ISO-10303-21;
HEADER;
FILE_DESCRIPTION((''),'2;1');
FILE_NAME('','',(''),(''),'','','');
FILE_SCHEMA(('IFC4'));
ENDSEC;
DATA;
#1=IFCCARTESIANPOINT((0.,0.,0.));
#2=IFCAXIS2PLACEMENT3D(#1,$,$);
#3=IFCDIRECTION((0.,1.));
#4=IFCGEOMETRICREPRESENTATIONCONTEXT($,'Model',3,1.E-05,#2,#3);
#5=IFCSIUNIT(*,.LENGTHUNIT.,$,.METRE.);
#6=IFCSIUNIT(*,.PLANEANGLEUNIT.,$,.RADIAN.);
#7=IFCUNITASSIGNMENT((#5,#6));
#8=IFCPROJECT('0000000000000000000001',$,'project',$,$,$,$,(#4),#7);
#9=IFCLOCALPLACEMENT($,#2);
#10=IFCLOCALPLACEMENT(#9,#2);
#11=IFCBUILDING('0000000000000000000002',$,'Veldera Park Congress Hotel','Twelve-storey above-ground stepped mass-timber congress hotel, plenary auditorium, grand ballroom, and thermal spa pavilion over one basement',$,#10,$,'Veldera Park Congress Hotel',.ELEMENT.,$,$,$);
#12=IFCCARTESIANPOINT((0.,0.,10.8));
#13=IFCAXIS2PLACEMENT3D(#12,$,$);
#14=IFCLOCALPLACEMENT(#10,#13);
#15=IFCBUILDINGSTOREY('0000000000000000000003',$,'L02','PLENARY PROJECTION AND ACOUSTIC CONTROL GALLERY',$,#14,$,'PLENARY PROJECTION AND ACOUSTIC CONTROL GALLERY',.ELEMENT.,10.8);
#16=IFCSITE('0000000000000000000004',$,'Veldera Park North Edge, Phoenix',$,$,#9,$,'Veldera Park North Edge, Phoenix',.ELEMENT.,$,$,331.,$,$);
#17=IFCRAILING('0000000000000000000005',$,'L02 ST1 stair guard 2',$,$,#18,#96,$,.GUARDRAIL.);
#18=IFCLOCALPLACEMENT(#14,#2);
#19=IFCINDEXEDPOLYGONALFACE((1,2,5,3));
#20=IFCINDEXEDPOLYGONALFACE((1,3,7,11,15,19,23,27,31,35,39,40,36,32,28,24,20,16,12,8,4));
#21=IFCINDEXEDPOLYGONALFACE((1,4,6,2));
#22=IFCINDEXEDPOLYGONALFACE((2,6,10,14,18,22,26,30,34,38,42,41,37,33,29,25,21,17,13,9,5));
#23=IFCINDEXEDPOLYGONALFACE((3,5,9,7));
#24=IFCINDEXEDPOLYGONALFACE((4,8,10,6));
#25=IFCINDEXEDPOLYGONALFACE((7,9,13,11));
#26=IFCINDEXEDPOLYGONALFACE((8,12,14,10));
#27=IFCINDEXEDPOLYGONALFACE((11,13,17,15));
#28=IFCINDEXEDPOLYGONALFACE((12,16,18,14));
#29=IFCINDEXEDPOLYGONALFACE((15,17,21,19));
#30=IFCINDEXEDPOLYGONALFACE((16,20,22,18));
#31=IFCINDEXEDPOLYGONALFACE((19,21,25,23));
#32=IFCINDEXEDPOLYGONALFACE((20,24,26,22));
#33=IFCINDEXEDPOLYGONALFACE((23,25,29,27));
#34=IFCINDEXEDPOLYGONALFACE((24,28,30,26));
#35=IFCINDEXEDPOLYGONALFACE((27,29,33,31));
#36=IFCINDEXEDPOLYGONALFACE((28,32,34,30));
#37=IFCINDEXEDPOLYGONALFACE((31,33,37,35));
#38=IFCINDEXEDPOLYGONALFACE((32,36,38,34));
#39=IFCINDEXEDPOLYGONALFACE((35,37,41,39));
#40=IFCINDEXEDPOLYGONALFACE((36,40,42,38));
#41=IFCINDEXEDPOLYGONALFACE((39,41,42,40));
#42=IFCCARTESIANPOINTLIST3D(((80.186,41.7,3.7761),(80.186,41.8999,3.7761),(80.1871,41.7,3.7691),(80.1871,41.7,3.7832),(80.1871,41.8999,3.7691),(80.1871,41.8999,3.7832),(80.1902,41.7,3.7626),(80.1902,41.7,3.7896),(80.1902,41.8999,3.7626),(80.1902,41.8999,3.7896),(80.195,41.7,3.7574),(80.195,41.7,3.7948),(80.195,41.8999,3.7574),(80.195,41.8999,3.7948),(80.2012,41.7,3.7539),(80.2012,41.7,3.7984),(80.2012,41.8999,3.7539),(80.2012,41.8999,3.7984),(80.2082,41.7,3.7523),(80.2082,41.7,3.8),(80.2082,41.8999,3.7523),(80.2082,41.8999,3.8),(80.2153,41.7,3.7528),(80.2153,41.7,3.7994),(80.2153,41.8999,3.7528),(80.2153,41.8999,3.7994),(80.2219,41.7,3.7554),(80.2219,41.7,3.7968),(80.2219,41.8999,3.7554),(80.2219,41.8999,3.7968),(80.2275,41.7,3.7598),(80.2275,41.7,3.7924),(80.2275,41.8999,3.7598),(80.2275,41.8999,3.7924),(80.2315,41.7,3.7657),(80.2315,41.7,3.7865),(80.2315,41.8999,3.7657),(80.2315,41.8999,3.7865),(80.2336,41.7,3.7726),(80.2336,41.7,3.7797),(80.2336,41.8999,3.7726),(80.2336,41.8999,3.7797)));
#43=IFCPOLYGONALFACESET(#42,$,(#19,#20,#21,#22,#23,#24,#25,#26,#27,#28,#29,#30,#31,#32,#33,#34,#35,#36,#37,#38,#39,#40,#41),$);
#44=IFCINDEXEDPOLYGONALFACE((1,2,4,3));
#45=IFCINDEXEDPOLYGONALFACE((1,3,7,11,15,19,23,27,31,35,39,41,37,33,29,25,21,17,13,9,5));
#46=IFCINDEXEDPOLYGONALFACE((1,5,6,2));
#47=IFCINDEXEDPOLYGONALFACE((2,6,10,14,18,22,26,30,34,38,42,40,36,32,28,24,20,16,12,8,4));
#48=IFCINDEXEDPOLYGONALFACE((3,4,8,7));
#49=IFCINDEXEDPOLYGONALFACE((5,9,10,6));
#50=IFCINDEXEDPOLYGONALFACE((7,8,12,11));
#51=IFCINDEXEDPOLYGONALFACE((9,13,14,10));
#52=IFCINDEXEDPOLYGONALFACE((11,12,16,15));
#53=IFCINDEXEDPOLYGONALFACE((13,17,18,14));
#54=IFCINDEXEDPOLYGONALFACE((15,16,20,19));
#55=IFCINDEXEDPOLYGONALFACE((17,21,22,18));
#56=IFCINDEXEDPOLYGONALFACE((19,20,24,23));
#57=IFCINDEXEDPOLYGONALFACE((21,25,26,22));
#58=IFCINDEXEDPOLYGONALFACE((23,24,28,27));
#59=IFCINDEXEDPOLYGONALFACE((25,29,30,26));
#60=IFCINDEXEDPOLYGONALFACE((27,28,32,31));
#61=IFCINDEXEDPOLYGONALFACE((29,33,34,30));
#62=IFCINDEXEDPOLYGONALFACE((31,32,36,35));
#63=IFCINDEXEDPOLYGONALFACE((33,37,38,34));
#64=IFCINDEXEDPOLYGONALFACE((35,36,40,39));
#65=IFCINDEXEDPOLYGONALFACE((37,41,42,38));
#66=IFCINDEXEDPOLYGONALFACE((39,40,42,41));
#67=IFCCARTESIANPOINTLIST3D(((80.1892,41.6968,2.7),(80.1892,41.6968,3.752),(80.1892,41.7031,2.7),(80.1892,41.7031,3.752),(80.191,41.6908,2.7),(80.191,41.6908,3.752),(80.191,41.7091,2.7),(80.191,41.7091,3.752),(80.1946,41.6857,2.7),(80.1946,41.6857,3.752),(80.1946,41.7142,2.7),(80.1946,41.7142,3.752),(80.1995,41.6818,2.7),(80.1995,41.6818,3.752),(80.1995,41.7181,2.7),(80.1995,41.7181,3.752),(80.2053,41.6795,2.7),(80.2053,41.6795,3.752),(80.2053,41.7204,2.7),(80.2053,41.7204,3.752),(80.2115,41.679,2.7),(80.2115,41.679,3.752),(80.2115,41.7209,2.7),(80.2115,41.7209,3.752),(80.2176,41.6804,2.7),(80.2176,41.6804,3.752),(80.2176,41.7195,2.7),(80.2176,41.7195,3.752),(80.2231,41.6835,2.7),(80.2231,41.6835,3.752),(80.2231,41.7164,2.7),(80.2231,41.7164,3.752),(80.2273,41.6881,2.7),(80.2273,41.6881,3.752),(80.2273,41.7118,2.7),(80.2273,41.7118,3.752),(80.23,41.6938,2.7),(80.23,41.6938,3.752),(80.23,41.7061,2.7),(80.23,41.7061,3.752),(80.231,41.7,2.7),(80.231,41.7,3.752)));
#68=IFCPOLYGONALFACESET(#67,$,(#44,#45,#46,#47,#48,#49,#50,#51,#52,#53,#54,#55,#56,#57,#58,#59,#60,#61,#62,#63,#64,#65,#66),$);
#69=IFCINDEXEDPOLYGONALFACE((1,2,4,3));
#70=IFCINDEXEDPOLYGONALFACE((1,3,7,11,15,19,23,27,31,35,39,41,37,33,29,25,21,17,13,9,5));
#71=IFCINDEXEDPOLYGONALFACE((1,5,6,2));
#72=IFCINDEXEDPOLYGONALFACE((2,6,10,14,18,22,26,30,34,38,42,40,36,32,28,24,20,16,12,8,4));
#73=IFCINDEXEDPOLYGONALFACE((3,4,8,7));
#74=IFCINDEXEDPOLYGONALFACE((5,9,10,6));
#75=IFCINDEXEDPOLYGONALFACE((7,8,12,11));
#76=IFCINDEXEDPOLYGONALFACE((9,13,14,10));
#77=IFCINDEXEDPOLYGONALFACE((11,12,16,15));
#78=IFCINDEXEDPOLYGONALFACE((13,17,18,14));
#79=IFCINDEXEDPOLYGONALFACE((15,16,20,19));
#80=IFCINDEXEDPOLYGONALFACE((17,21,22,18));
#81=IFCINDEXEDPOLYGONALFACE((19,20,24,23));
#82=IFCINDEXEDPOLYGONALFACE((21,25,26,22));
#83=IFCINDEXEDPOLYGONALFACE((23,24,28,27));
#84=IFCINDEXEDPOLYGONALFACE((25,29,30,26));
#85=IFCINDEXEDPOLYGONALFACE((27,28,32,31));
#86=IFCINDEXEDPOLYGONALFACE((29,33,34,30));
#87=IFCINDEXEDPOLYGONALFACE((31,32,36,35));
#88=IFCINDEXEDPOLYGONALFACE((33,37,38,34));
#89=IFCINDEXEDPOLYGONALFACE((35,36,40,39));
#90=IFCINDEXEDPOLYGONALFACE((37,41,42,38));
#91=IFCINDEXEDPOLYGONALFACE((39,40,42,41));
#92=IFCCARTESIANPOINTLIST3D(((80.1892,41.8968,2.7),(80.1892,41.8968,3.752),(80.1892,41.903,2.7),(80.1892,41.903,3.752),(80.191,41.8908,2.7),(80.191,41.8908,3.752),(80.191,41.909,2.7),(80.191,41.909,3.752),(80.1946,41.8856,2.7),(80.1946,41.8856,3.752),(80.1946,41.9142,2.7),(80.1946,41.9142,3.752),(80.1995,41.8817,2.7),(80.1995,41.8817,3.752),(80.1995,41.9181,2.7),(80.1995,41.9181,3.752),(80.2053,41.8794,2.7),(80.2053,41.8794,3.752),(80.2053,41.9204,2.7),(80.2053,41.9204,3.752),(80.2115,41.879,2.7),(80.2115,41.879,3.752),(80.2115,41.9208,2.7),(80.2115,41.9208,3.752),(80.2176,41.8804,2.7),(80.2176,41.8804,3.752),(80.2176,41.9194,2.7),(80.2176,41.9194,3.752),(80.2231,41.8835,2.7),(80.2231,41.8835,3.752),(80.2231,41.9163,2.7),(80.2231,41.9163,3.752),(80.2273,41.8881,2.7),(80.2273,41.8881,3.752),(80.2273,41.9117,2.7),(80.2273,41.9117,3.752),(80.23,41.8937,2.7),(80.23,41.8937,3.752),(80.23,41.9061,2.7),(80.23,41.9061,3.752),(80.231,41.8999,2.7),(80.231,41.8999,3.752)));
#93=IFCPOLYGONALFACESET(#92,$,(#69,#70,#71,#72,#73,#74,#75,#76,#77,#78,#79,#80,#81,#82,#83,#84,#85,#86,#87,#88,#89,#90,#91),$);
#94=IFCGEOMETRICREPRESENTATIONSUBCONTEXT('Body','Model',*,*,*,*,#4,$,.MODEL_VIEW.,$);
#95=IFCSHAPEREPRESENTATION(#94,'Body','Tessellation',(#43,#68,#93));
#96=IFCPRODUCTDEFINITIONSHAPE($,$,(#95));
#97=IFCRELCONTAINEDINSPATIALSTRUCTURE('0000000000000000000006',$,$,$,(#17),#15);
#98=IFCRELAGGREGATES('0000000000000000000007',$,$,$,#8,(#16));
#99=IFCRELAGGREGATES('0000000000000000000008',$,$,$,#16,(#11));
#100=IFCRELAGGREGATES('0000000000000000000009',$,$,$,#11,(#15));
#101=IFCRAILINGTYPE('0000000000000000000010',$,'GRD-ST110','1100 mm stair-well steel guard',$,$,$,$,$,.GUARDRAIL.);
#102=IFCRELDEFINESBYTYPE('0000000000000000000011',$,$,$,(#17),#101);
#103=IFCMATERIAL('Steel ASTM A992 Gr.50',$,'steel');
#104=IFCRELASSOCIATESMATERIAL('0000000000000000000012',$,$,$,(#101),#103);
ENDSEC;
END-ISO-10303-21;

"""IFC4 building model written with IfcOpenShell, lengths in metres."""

from ifc_helpers import new_model, si_unit, direction, frame, origin, origin_2d, place, context, subcontext, project, spatial, circle, extrude, material, type_object, element, save


model = new_model("IFC4")

# Units and contexts
model_context = context("Model", 3, precision=1e-05, world=origin(), true_north=direction((0.0, 1.0)))
body_context = subcontext(model_context, "Body", "Model", "MODEL_VIEW")
ifc_project = project(units=[si_unit("LENGTHUNIT", "METRE"), si_unit("PLANEANGLEUNIT", "RADIAN")], contexts=[model_context])

# Site, building, storey
site_placement = place(None, origin())
site = spatial("IfcSite", under=ifc_project, at=site_placement, Name="Veldera Park North Edge, Phoenix", LongName="Veldera Park North Edge, Phoenix", CompositionType="ELEMENT", RefElevation=331.0)
building_placement = place(site_placement, origin())
building = spatial("IfcBuilding", under=site, at=building_placement, Name="Veldera Park Congress Hotel", Description="Twelve-storey above-ground stepped mass-timber congress hotel, plenary auditorium, grand ballroom, and thermal spa pavilion over one basement", LongName="Veldera Park Congress Hotel", CompositionType="ELEMENT")
storey_placement = place(building_placement, frame((0.0, 0.0, 10.8)))
storey = spatial("IfcBuildingStorey", under=building, at=storey_placement, Name="L02", Description="PLENARY PROJECTION AND ACOUSTIC CONTROL GALLERY", LongName="PLENARY PROJECTION AND ACOUSTIC CONTROL GALLERY", CompositionType="ELEMENT", Elevation=10.8)

# Shared definitions
ifc_material_1 = material(Name="Steel ASTM A992 Gr.50", Category="steel")

# Railing
railing_type_1 = type_object("IfcRailingType", Name="GRD-ST110", Description="1100 mm stair-well steel guard", PredefinedType="GUARDRAIL", material=ifc_material_1)
railing_1_placement = place(storey_placement, frame((80.21, 41.7, 2.7)))
element("IfcRailing", 1, at=railing_1_placement, inside=storey, type_object=railing_type_1, Name="L02 ST1 stair guard 2", PredefinedType="GUARDRAIL", context=body_context, shape_type="SweptSolid", body=[
    extrude(circle(Radius=0.0239, at=origin_2d()), frame((0.0, 0.0, 1.0762), z_axis=(0.0, 1.0, 0.0), x_axis=(-1.0, 0.0, 0.0)), (0.0, 0.0, 1.0), 0.2),
    extrude(circle(Radius=0.021, at=origin_2d()), origin(), (0.0, 0.0, 1.0), 1.052),
    extrude(circle(Radius=0.021, at=origin_2d()), frame((0.0, 0.2, 0.0)), (0.0, 0.0, 1.0), 1.052),
])

save(model, "model.ifc")
